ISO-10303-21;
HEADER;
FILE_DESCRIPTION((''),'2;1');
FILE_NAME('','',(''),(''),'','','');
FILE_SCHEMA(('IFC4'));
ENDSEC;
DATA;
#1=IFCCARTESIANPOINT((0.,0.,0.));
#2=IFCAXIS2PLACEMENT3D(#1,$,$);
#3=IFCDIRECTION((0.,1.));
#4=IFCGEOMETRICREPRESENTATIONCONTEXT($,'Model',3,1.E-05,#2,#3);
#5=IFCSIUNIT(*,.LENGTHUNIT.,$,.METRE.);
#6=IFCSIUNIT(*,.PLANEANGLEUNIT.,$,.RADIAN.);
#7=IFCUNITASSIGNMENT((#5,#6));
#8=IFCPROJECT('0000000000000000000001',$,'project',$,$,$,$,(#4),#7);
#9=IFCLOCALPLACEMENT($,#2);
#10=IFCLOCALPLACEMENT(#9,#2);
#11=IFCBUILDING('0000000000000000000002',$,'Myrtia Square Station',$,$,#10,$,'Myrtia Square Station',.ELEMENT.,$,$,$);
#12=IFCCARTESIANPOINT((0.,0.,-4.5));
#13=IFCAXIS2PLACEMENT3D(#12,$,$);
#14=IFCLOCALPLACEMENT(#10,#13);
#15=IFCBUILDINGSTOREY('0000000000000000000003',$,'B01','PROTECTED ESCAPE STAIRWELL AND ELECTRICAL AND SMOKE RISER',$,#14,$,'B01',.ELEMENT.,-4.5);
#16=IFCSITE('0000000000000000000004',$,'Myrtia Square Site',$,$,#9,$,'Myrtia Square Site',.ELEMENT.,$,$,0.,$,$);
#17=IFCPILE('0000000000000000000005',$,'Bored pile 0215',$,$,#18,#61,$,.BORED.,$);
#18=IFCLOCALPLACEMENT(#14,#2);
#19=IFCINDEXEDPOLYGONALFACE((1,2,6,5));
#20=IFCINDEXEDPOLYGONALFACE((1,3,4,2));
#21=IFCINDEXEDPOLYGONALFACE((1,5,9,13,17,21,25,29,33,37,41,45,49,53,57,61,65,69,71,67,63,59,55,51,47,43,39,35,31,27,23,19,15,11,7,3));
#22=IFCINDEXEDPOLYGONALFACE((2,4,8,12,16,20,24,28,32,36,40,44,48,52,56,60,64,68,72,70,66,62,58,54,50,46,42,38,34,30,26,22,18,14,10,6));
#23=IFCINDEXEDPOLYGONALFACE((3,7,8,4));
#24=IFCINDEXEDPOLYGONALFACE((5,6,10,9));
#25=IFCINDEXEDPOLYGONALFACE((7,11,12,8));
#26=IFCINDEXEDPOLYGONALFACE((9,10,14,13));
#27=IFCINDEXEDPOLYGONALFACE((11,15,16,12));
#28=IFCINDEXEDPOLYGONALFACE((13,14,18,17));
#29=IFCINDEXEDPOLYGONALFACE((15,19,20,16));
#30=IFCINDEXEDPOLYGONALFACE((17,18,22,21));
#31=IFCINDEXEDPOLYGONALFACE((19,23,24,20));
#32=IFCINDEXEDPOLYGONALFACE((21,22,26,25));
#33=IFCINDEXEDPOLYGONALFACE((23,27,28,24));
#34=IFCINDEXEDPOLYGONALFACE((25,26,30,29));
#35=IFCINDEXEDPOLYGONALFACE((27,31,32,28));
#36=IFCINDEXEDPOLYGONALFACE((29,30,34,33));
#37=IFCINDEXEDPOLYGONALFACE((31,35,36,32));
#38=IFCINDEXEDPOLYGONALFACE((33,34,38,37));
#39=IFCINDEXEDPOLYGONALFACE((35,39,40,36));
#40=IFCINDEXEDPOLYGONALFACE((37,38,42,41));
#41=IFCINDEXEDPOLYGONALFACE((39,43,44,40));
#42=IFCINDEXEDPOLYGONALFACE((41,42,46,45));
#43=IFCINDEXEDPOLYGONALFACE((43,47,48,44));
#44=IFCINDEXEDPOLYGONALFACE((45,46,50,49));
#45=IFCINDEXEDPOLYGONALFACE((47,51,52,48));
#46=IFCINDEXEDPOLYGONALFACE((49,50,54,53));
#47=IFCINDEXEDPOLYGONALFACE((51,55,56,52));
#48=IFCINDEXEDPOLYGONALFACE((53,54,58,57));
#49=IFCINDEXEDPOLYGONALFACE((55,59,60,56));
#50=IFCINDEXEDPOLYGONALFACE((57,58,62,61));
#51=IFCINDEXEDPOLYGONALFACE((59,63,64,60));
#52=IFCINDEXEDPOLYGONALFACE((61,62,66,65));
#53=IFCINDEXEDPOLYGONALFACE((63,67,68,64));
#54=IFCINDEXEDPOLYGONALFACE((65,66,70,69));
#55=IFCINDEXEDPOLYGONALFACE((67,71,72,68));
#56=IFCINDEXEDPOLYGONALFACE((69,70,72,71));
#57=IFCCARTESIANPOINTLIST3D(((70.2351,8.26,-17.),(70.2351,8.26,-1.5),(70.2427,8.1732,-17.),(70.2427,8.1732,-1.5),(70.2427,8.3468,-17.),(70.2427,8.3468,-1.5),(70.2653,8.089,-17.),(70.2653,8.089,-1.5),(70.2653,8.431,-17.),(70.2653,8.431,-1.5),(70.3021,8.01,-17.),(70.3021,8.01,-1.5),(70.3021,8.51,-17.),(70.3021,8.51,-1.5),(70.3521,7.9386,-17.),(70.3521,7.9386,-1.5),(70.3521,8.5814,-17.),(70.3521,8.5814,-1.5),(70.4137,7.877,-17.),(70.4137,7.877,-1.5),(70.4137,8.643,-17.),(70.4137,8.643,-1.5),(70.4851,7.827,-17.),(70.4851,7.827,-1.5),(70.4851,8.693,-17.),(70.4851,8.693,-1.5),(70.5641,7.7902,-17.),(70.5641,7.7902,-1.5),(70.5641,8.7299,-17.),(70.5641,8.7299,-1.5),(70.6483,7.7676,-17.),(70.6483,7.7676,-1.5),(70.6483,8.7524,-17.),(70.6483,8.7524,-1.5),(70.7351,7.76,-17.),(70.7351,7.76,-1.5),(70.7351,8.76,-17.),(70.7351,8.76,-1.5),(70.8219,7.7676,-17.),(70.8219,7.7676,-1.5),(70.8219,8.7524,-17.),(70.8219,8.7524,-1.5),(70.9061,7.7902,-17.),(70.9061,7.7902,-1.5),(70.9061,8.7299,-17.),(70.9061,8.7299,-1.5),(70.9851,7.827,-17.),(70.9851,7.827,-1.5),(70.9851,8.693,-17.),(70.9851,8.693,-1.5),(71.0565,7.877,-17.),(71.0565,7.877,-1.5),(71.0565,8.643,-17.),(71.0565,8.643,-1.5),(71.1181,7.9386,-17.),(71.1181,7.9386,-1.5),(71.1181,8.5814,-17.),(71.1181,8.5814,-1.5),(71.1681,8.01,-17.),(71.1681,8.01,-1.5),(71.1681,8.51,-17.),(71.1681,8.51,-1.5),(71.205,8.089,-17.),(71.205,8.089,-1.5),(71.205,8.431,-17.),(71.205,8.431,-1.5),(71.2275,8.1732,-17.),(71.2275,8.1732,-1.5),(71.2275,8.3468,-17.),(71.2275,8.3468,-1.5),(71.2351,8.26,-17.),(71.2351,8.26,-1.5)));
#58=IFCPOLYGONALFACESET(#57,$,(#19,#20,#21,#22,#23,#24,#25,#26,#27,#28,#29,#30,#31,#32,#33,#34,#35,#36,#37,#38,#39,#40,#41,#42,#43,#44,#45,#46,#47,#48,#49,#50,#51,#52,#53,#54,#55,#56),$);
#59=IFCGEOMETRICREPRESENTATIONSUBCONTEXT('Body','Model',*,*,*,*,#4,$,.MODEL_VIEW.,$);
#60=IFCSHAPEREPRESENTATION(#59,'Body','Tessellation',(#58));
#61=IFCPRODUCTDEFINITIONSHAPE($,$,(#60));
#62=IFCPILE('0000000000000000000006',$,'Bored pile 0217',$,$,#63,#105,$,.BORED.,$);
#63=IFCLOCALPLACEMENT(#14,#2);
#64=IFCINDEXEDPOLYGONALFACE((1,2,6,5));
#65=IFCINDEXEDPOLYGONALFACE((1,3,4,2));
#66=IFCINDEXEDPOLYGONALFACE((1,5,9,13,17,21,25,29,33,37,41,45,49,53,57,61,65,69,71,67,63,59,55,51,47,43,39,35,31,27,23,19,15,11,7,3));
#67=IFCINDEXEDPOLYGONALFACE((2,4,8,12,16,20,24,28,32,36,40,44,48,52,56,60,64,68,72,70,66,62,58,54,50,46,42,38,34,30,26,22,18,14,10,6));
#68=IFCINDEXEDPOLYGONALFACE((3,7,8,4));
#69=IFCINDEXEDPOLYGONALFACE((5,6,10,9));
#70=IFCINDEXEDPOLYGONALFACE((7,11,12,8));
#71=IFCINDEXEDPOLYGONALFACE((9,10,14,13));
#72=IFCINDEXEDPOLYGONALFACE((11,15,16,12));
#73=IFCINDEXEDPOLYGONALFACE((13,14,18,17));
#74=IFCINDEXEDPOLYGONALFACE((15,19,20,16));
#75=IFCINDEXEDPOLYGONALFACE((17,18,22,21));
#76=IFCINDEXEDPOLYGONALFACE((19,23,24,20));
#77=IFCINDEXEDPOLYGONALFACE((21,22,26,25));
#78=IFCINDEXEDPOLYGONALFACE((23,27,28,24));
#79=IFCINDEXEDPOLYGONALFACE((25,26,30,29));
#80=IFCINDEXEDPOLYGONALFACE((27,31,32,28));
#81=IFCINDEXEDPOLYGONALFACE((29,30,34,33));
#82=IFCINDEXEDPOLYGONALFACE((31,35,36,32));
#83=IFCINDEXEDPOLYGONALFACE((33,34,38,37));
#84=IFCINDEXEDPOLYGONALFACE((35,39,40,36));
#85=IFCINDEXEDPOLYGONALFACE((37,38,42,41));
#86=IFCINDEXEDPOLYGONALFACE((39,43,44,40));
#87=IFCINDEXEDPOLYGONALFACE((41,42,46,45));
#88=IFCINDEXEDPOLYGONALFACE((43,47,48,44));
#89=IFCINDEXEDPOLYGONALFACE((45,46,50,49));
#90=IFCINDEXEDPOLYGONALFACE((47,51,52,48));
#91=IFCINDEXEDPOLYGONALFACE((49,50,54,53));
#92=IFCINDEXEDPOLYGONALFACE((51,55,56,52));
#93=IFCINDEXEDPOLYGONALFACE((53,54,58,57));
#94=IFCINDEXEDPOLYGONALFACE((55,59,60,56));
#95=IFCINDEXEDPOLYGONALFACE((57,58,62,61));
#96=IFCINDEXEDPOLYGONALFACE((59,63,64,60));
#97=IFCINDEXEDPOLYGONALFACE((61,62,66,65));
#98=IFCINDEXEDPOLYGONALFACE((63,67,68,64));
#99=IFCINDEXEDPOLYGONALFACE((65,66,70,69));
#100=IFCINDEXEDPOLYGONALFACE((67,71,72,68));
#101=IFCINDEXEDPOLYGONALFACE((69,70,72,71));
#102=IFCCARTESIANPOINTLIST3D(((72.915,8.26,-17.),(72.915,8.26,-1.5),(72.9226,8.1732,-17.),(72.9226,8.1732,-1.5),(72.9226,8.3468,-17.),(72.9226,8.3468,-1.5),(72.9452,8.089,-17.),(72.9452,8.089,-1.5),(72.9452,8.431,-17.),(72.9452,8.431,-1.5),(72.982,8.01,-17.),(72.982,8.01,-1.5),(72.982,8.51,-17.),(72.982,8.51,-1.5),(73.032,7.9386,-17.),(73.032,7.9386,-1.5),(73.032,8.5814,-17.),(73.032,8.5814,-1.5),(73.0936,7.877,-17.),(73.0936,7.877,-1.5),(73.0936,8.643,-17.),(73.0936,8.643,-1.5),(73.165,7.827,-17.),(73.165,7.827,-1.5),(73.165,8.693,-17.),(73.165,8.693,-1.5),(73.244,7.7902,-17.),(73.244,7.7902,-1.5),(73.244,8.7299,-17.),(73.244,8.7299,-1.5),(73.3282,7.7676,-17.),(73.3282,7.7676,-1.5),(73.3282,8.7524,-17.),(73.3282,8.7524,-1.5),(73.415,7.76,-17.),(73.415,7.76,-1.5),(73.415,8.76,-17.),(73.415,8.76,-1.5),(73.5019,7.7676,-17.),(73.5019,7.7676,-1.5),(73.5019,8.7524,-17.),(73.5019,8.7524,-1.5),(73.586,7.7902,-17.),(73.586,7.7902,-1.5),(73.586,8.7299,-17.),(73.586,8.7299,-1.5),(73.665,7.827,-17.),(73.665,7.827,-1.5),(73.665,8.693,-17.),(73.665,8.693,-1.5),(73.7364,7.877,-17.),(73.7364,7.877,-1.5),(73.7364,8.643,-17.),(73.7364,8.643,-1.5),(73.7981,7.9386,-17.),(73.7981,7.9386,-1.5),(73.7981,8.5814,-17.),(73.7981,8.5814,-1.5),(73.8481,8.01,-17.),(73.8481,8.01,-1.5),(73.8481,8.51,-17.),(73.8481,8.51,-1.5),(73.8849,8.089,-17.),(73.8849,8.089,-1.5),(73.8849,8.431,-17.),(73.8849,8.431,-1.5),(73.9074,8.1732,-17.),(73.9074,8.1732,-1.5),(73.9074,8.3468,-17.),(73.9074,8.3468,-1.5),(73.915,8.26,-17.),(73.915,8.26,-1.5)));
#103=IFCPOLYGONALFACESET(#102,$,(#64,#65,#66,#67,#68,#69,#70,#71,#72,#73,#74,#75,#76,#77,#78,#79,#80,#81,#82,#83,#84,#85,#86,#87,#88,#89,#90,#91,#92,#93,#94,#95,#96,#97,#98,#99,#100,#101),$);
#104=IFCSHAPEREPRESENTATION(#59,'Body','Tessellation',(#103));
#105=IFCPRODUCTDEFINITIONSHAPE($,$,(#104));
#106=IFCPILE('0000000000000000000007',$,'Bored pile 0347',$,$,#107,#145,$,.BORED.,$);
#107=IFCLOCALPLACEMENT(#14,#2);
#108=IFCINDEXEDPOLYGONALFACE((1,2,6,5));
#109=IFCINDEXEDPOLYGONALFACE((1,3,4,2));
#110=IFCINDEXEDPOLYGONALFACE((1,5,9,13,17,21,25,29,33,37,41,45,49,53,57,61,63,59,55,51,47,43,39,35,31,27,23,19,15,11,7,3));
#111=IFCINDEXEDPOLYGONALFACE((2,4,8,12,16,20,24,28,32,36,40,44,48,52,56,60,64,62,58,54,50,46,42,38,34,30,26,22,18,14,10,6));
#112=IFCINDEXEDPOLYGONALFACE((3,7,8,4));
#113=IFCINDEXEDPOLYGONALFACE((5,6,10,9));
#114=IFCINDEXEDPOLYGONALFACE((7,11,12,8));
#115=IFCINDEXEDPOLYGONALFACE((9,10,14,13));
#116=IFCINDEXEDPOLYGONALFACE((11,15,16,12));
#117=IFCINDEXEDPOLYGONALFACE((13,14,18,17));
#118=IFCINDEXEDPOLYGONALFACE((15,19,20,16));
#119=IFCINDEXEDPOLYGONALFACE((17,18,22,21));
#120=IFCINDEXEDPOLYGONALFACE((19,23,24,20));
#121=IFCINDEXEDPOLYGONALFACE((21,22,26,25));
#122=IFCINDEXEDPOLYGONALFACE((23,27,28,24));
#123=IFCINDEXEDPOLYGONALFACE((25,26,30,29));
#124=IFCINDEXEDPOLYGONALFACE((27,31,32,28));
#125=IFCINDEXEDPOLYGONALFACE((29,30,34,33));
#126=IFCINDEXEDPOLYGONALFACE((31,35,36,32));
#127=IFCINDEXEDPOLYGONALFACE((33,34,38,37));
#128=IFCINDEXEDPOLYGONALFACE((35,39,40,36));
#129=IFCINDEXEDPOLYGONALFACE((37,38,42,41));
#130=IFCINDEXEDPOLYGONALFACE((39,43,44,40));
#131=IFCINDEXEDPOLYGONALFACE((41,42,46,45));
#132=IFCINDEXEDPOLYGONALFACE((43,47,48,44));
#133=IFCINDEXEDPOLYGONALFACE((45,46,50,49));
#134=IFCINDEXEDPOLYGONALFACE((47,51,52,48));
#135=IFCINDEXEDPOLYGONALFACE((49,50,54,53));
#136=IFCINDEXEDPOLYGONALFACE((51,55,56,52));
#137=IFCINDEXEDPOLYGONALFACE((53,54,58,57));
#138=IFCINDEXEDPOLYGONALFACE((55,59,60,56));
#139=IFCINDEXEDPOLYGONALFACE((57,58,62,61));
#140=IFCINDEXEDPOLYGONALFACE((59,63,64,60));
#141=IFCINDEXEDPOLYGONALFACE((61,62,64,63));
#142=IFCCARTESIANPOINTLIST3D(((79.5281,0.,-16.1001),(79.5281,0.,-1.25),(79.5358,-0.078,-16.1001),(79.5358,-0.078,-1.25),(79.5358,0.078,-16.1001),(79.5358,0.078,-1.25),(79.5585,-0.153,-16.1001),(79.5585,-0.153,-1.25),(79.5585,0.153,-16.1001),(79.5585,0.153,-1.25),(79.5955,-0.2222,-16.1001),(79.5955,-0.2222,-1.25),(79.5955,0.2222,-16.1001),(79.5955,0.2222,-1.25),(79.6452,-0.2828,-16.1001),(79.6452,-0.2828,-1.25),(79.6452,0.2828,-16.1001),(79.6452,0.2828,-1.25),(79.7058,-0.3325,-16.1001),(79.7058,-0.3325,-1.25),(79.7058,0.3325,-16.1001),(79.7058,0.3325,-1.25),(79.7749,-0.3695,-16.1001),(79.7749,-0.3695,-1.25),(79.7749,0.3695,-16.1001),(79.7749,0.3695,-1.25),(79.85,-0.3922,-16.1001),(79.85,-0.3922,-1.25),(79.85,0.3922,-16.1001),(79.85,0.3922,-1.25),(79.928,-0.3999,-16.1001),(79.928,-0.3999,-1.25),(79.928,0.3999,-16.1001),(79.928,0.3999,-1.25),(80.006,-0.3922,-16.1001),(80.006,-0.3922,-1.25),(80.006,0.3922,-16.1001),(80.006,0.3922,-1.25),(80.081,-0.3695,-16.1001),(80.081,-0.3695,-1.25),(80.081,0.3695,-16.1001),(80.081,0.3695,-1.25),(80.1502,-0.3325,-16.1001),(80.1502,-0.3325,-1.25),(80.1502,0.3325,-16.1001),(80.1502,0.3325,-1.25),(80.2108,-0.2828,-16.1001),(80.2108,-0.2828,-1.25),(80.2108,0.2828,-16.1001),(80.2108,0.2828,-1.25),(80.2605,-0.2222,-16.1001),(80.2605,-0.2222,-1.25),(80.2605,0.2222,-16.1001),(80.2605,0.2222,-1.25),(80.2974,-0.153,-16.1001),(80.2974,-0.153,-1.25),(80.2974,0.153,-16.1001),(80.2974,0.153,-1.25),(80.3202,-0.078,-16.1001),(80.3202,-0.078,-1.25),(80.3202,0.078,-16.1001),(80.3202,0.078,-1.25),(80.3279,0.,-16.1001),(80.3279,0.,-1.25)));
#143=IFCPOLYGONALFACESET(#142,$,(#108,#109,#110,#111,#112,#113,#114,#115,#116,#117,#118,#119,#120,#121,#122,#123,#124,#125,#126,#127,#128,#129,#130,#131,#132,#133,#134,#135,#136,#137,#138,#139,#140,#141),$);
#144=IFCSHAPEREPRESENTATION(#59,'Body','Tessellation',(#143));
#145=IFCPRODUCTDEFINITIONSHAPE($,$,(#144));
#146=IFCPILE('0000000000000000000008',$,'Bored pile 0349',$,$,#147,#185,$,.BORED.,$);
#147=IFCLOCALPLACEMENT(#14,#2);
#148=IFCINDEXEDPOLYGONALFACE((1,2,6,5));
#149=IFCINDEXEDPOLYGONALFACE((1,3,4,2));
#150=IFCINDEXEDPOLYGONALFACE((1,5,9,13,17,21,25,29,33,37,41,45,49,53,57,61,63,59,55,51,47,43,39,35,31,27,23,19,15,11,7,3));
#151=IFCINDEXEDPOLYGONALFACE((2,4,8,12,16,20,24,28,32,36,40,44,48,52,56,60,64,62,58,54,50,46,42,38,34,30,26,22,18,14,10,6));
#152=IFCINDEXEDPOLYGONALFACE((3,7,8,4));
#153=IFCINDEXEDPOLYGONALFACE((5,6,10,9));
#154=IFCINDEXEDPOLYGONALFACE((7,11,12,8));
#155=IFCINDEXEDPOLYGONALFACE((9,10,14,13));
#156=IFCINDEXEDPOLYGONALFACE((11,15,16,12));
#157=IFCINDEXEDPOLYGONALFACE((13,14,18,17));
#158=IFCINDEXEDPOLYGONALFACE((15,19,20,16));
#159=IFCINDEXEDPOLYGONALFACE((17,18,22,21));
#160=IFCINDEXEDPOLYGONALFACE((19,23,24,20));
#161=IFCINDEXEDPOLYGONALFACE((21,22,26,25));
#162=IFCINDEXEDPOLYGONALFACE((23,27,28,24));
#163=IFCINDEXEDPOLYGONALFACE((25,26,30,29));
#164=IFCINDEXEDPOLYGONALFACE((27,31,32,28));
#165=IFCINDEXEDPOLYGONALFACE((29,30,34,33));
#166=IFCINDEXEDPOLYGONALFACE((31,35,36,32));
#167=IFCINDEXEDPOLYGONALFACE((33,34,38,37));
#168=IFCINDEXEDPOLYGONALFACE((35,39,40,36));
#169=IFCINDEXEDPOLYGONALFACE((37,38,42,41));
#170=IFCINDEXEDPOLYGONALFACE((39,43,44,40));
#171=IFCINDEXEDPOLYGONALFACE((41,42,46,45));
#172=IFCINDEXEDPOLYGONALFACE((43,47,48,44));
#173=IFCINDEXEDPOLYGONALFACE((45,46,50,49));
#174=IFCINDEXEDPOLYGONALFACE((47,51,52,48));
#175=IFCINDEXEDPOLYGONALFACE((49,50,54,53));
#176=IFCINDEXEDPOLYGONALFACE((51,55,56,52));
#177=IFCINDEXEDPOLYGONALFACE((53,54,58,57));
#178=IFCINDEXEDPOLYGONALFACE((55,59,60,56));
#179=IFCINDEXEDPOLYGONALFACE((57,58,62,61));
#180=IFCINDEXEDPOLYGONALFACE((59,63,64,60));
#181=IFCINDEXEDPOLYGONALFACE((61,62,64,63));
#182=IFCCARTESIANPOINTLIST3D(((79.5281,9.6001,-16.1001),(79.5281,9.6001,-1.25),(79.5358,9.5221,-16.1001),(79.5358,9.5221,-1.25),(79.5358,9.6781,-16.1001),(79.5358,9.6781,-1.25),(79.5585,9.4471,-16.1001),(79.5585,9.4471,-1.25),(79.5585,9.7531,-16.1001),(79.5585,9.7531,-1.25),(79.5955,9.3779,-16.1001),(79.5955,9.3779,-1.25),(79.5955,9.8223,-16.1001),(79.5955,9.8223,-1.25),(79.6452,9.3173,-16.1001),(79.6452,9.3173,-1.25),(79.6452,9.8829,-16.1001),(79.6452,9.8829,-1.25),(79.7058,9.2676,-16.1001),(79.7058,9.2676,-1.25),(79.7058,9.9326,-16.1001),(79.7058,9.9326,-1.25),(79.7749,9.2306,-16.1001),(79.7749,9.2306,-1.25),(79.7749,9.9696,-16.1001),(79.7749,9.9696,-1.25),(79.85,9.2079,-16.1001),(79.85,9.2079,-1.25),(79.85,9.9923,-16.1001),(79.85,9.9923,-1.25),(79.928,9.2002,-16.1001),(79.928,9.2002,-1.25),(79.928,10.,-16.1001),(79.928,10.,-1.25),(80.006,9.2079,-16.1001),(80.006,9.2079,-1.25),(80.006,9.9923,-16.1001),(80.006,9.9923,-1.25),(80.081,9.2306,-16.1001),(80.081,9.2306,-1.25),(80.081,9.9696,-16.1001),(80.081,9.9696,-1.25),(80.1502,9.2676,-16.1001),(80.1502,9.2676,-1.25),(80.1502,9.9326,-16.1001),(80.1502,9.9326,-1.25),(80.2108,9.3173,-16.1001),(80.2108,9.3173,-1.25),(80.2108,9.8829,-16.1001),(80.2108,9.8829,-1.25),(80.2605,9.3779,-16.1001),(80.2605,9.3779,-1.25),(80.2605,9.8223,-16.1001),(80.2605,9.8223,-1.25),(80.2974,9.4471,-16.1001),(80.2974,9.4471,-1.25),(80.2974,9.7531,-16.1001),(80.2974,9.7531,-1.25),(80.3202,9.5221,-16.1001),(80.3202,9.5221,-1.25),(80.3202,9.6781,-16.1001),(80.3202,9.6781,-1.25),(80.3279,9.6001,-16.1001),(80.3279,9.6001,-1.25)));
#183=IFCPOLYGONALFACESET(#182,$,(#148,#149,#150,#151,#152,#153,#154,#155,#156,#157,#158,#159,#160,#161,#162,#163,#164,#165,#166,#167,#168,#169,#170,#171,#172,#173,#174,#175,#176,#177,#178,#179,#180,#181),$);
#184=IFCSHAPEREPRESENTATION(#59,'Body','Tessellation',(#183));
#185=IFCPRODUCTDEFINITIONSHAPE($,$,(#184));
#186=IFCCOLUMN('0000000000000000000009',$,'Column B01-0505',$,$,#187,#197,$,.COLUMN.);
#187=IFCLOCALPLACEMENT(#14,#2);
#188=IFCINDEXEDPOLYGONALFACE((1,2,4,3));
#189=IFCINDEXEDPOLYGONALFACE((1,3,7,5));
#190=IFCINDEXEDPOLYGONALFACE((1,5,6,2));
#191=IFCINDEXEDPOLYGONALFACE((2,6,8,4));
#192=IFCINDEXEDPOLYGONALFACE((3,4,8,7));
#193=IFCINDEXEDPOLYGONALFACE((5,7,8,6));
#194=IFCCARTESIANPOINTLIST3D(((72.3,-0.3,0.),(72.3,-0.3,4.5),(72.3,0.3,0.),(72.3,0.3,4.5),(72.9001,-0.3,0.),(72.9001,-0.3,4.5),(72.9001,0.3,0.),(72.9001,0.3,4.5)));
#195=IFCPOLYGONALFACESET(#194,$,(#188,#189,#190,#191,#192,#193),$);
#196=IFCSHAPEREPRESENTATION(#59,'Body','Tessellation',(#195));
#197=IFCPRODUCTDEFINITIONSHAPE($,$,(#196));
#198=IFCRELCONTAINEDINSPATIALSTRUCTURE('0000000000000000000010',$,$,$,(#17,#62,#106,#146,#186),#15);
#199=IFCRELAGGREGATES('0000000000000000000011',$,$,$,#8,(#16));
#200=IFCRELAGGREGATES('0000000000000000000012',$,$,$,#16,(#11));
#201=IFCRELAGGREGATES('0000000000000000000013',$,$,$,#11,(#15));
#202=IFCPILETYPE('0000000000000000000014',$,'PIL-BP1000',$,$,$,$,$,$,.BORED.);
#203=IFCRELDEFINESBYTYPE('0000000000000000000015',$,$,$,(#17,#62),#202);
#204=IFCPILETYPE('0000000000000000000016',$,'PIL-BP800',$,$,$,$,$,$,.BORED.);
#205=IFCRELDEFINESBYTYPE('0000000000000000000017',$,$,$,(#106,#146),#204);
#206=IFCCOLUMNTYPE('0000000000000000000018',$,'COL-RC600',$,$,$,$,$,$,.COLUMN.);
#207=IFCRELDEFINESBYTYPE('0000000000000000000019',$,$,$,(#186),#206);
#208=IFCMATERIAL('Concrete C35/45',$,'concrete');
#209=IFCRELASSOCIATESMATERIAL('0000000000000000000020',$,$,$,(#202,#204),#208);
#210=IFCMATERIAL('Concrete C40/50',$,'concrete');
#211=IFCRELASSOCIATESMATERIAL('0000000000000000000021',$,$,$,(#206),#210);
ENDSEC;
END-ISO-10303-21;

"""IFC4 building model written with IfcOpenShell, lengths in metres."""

from ifc_helpers import new_model, si_unit, direction, frame, origin, origin_2d, place, context, subcontext, project, spatial, rectangle, circle, extrude, material, material_profile, profile_set, type_object, element, save


model = new_model("IFC4")

# Units and contexts
model_context = context("Model", 3, precision=1e-05, world=origin(), true_north=direction((0.0, 1.0)))
body_context = subcontext(model_context, "Body", "Model", "MODEL_VIEW")
ifc_project = project(units=[si_unit("LENGTHUNIT", "METRE"), si_unit("PLANEANGLEUNIT", "RADIAN")], contexts=[model_context])

# Site, building, storey
site_placement = place(None, origin())
site = spatial("IfcSite", under=ifc_project, at=site_placement, Name="Myrtia Square Site", LongName="Myrtia Square Site", CompositionType="ELEMENT", RefElevation=0.0)
building_placement = place(site_placement, origin())
building = spatial("IfcBuilding", under=site, at=building_placement, Name="Myrtia Square Station", LongName="Myrtia Square Station", CompositionType="ELEMENT")
storey_placement = place(building_placement, frame((0.0, 0.0, -4.5)))
storey = spatial("IfcBuildingStorey", under=building, at=storey_placement, Name="B01", Description="PROTECTED ESCAPE STAIRWELL AND ELECTRICAL AND SMOKE RISER", LongName="B01", CompositionType="ELEMENT", Elevation=-4.5)

# Shared definitions
ifc_material_1 = material(Name="Concrete C35/45", Category="concrete")

# Piles
ifc_material_profile_1 = material_profile(ifc_material_1, circle(Radius=0.5, at=origin_2d()), Name="BP D1000")
ifc_profile_set_1 = profile_set([ifc_material_profile_1], Name="Concrete C35/45")
pile_type_1 = type_object("IfcPileType", Name="PIL-BP1000", PredefinedType="BORED", material=ifc_profile_set_1)
for number, where, z_axis, x_axis, name in (
    (1, (70.7351, 8.26, -1.5), (0.0, 0.0, -1.0), (1.0, 0.0, 0.0), "Bored pile 0215"),
    (2, (73.415, 8.26, -1.5), (0.0, 0.0, -1.0), (1.0, 0.0, 0.0), "Bored pile 0217"),
):
    element("IfcPile", number, at=place(storey_placement, frame(where, z_axis=z_axis, x_axis=x_axis)), inside=storey, type_object=pile_type_1, Name=name, PredefinedType="BORED", context=body_context, shape_type="SweptSolid", body=[
        extrude(circle(Radius=0.5, at=origin_2d()), origin(), (0.0, 0.0, 1.0), 15.5),
    ])
ifc_material_profile_2 = material_profile(ifc_material_1, circle(Radius=0.3999, at=origin_2d()), Name="BP D800")
ifc_profile_set_2 = profile_set([ifc_material_profile_2], Name="Concrete C35/45")
pile_type_2 = type_object("IfcPileType", Name="PIL-BP800", PredefinedType="BORED", material=ifc_profile_set_2)
for number, where, z_axis, x_axis, name in (
    (3, (79.928, 0.0, -1.25), (0.0, 0.0, -1.0), (1.0, 0.0, 0.0), "Bored pile 0347"),
    (4, (79.928, 9.6001, -1.25), (0.0, 0.0, -1.0), (1.0, 0.0, 0.0), "Bored pile 0349"),
):
    element("IfcPile", number, at=place(storey_placement, frame(where, z_axis=z_axis, x_axis=x_axis)), inside=storey, type_object=pile_type_2, Name=name, PredefinedType="BORED", context=body_context, shape_type="SweptSolid", body=[
        extrude(circle(Radius=0.3999, at=origin_2d()), origin(), (0.0, 0.0, 1.0), 14.8501),
    ])

# Column
ifc_material_2 = material(Name="Concrete C40/50", Category="concrete")
ifc_material_profile_3 = material_profile(ifc_material_2, rectangle(XDim=0.6001, YDim=0.6001, at=origin_2d()), Name="RC 600x600")
ifc_profile_set_3 = profile_set([ifc_material_profile_3], Name="Concrete C40/50")
column_type_1 = type_object("IfcColumnType", Name="COL-RC600", PredefinedType="COLUMN", material=ifc_profile_set_3)
for number, where, z_axis, x_axis, name in (
    (5, (72.6001, 0.0, 0.0), (0.0, 0.0, 1.0), (1.0, 0.0, 0.0), "Column B01-0505"),
):
    element("IfcColumn", number, at=place(storey_placement, frame(where, z_axis=z_axis, x_axis=x_axis)), inside=storey, type_object=column_type_1, Name=name, PredefinedType="COLUMN", context=body_context, shape_type="SweptSolid", body=[
        extrude(rectangle(XDim=0.6001, YDim=0.6001, at=origin_2d()), origin(), (0.0, 0.0, 1.0), 4.5),
    ])

save(model, "model.ifc")
